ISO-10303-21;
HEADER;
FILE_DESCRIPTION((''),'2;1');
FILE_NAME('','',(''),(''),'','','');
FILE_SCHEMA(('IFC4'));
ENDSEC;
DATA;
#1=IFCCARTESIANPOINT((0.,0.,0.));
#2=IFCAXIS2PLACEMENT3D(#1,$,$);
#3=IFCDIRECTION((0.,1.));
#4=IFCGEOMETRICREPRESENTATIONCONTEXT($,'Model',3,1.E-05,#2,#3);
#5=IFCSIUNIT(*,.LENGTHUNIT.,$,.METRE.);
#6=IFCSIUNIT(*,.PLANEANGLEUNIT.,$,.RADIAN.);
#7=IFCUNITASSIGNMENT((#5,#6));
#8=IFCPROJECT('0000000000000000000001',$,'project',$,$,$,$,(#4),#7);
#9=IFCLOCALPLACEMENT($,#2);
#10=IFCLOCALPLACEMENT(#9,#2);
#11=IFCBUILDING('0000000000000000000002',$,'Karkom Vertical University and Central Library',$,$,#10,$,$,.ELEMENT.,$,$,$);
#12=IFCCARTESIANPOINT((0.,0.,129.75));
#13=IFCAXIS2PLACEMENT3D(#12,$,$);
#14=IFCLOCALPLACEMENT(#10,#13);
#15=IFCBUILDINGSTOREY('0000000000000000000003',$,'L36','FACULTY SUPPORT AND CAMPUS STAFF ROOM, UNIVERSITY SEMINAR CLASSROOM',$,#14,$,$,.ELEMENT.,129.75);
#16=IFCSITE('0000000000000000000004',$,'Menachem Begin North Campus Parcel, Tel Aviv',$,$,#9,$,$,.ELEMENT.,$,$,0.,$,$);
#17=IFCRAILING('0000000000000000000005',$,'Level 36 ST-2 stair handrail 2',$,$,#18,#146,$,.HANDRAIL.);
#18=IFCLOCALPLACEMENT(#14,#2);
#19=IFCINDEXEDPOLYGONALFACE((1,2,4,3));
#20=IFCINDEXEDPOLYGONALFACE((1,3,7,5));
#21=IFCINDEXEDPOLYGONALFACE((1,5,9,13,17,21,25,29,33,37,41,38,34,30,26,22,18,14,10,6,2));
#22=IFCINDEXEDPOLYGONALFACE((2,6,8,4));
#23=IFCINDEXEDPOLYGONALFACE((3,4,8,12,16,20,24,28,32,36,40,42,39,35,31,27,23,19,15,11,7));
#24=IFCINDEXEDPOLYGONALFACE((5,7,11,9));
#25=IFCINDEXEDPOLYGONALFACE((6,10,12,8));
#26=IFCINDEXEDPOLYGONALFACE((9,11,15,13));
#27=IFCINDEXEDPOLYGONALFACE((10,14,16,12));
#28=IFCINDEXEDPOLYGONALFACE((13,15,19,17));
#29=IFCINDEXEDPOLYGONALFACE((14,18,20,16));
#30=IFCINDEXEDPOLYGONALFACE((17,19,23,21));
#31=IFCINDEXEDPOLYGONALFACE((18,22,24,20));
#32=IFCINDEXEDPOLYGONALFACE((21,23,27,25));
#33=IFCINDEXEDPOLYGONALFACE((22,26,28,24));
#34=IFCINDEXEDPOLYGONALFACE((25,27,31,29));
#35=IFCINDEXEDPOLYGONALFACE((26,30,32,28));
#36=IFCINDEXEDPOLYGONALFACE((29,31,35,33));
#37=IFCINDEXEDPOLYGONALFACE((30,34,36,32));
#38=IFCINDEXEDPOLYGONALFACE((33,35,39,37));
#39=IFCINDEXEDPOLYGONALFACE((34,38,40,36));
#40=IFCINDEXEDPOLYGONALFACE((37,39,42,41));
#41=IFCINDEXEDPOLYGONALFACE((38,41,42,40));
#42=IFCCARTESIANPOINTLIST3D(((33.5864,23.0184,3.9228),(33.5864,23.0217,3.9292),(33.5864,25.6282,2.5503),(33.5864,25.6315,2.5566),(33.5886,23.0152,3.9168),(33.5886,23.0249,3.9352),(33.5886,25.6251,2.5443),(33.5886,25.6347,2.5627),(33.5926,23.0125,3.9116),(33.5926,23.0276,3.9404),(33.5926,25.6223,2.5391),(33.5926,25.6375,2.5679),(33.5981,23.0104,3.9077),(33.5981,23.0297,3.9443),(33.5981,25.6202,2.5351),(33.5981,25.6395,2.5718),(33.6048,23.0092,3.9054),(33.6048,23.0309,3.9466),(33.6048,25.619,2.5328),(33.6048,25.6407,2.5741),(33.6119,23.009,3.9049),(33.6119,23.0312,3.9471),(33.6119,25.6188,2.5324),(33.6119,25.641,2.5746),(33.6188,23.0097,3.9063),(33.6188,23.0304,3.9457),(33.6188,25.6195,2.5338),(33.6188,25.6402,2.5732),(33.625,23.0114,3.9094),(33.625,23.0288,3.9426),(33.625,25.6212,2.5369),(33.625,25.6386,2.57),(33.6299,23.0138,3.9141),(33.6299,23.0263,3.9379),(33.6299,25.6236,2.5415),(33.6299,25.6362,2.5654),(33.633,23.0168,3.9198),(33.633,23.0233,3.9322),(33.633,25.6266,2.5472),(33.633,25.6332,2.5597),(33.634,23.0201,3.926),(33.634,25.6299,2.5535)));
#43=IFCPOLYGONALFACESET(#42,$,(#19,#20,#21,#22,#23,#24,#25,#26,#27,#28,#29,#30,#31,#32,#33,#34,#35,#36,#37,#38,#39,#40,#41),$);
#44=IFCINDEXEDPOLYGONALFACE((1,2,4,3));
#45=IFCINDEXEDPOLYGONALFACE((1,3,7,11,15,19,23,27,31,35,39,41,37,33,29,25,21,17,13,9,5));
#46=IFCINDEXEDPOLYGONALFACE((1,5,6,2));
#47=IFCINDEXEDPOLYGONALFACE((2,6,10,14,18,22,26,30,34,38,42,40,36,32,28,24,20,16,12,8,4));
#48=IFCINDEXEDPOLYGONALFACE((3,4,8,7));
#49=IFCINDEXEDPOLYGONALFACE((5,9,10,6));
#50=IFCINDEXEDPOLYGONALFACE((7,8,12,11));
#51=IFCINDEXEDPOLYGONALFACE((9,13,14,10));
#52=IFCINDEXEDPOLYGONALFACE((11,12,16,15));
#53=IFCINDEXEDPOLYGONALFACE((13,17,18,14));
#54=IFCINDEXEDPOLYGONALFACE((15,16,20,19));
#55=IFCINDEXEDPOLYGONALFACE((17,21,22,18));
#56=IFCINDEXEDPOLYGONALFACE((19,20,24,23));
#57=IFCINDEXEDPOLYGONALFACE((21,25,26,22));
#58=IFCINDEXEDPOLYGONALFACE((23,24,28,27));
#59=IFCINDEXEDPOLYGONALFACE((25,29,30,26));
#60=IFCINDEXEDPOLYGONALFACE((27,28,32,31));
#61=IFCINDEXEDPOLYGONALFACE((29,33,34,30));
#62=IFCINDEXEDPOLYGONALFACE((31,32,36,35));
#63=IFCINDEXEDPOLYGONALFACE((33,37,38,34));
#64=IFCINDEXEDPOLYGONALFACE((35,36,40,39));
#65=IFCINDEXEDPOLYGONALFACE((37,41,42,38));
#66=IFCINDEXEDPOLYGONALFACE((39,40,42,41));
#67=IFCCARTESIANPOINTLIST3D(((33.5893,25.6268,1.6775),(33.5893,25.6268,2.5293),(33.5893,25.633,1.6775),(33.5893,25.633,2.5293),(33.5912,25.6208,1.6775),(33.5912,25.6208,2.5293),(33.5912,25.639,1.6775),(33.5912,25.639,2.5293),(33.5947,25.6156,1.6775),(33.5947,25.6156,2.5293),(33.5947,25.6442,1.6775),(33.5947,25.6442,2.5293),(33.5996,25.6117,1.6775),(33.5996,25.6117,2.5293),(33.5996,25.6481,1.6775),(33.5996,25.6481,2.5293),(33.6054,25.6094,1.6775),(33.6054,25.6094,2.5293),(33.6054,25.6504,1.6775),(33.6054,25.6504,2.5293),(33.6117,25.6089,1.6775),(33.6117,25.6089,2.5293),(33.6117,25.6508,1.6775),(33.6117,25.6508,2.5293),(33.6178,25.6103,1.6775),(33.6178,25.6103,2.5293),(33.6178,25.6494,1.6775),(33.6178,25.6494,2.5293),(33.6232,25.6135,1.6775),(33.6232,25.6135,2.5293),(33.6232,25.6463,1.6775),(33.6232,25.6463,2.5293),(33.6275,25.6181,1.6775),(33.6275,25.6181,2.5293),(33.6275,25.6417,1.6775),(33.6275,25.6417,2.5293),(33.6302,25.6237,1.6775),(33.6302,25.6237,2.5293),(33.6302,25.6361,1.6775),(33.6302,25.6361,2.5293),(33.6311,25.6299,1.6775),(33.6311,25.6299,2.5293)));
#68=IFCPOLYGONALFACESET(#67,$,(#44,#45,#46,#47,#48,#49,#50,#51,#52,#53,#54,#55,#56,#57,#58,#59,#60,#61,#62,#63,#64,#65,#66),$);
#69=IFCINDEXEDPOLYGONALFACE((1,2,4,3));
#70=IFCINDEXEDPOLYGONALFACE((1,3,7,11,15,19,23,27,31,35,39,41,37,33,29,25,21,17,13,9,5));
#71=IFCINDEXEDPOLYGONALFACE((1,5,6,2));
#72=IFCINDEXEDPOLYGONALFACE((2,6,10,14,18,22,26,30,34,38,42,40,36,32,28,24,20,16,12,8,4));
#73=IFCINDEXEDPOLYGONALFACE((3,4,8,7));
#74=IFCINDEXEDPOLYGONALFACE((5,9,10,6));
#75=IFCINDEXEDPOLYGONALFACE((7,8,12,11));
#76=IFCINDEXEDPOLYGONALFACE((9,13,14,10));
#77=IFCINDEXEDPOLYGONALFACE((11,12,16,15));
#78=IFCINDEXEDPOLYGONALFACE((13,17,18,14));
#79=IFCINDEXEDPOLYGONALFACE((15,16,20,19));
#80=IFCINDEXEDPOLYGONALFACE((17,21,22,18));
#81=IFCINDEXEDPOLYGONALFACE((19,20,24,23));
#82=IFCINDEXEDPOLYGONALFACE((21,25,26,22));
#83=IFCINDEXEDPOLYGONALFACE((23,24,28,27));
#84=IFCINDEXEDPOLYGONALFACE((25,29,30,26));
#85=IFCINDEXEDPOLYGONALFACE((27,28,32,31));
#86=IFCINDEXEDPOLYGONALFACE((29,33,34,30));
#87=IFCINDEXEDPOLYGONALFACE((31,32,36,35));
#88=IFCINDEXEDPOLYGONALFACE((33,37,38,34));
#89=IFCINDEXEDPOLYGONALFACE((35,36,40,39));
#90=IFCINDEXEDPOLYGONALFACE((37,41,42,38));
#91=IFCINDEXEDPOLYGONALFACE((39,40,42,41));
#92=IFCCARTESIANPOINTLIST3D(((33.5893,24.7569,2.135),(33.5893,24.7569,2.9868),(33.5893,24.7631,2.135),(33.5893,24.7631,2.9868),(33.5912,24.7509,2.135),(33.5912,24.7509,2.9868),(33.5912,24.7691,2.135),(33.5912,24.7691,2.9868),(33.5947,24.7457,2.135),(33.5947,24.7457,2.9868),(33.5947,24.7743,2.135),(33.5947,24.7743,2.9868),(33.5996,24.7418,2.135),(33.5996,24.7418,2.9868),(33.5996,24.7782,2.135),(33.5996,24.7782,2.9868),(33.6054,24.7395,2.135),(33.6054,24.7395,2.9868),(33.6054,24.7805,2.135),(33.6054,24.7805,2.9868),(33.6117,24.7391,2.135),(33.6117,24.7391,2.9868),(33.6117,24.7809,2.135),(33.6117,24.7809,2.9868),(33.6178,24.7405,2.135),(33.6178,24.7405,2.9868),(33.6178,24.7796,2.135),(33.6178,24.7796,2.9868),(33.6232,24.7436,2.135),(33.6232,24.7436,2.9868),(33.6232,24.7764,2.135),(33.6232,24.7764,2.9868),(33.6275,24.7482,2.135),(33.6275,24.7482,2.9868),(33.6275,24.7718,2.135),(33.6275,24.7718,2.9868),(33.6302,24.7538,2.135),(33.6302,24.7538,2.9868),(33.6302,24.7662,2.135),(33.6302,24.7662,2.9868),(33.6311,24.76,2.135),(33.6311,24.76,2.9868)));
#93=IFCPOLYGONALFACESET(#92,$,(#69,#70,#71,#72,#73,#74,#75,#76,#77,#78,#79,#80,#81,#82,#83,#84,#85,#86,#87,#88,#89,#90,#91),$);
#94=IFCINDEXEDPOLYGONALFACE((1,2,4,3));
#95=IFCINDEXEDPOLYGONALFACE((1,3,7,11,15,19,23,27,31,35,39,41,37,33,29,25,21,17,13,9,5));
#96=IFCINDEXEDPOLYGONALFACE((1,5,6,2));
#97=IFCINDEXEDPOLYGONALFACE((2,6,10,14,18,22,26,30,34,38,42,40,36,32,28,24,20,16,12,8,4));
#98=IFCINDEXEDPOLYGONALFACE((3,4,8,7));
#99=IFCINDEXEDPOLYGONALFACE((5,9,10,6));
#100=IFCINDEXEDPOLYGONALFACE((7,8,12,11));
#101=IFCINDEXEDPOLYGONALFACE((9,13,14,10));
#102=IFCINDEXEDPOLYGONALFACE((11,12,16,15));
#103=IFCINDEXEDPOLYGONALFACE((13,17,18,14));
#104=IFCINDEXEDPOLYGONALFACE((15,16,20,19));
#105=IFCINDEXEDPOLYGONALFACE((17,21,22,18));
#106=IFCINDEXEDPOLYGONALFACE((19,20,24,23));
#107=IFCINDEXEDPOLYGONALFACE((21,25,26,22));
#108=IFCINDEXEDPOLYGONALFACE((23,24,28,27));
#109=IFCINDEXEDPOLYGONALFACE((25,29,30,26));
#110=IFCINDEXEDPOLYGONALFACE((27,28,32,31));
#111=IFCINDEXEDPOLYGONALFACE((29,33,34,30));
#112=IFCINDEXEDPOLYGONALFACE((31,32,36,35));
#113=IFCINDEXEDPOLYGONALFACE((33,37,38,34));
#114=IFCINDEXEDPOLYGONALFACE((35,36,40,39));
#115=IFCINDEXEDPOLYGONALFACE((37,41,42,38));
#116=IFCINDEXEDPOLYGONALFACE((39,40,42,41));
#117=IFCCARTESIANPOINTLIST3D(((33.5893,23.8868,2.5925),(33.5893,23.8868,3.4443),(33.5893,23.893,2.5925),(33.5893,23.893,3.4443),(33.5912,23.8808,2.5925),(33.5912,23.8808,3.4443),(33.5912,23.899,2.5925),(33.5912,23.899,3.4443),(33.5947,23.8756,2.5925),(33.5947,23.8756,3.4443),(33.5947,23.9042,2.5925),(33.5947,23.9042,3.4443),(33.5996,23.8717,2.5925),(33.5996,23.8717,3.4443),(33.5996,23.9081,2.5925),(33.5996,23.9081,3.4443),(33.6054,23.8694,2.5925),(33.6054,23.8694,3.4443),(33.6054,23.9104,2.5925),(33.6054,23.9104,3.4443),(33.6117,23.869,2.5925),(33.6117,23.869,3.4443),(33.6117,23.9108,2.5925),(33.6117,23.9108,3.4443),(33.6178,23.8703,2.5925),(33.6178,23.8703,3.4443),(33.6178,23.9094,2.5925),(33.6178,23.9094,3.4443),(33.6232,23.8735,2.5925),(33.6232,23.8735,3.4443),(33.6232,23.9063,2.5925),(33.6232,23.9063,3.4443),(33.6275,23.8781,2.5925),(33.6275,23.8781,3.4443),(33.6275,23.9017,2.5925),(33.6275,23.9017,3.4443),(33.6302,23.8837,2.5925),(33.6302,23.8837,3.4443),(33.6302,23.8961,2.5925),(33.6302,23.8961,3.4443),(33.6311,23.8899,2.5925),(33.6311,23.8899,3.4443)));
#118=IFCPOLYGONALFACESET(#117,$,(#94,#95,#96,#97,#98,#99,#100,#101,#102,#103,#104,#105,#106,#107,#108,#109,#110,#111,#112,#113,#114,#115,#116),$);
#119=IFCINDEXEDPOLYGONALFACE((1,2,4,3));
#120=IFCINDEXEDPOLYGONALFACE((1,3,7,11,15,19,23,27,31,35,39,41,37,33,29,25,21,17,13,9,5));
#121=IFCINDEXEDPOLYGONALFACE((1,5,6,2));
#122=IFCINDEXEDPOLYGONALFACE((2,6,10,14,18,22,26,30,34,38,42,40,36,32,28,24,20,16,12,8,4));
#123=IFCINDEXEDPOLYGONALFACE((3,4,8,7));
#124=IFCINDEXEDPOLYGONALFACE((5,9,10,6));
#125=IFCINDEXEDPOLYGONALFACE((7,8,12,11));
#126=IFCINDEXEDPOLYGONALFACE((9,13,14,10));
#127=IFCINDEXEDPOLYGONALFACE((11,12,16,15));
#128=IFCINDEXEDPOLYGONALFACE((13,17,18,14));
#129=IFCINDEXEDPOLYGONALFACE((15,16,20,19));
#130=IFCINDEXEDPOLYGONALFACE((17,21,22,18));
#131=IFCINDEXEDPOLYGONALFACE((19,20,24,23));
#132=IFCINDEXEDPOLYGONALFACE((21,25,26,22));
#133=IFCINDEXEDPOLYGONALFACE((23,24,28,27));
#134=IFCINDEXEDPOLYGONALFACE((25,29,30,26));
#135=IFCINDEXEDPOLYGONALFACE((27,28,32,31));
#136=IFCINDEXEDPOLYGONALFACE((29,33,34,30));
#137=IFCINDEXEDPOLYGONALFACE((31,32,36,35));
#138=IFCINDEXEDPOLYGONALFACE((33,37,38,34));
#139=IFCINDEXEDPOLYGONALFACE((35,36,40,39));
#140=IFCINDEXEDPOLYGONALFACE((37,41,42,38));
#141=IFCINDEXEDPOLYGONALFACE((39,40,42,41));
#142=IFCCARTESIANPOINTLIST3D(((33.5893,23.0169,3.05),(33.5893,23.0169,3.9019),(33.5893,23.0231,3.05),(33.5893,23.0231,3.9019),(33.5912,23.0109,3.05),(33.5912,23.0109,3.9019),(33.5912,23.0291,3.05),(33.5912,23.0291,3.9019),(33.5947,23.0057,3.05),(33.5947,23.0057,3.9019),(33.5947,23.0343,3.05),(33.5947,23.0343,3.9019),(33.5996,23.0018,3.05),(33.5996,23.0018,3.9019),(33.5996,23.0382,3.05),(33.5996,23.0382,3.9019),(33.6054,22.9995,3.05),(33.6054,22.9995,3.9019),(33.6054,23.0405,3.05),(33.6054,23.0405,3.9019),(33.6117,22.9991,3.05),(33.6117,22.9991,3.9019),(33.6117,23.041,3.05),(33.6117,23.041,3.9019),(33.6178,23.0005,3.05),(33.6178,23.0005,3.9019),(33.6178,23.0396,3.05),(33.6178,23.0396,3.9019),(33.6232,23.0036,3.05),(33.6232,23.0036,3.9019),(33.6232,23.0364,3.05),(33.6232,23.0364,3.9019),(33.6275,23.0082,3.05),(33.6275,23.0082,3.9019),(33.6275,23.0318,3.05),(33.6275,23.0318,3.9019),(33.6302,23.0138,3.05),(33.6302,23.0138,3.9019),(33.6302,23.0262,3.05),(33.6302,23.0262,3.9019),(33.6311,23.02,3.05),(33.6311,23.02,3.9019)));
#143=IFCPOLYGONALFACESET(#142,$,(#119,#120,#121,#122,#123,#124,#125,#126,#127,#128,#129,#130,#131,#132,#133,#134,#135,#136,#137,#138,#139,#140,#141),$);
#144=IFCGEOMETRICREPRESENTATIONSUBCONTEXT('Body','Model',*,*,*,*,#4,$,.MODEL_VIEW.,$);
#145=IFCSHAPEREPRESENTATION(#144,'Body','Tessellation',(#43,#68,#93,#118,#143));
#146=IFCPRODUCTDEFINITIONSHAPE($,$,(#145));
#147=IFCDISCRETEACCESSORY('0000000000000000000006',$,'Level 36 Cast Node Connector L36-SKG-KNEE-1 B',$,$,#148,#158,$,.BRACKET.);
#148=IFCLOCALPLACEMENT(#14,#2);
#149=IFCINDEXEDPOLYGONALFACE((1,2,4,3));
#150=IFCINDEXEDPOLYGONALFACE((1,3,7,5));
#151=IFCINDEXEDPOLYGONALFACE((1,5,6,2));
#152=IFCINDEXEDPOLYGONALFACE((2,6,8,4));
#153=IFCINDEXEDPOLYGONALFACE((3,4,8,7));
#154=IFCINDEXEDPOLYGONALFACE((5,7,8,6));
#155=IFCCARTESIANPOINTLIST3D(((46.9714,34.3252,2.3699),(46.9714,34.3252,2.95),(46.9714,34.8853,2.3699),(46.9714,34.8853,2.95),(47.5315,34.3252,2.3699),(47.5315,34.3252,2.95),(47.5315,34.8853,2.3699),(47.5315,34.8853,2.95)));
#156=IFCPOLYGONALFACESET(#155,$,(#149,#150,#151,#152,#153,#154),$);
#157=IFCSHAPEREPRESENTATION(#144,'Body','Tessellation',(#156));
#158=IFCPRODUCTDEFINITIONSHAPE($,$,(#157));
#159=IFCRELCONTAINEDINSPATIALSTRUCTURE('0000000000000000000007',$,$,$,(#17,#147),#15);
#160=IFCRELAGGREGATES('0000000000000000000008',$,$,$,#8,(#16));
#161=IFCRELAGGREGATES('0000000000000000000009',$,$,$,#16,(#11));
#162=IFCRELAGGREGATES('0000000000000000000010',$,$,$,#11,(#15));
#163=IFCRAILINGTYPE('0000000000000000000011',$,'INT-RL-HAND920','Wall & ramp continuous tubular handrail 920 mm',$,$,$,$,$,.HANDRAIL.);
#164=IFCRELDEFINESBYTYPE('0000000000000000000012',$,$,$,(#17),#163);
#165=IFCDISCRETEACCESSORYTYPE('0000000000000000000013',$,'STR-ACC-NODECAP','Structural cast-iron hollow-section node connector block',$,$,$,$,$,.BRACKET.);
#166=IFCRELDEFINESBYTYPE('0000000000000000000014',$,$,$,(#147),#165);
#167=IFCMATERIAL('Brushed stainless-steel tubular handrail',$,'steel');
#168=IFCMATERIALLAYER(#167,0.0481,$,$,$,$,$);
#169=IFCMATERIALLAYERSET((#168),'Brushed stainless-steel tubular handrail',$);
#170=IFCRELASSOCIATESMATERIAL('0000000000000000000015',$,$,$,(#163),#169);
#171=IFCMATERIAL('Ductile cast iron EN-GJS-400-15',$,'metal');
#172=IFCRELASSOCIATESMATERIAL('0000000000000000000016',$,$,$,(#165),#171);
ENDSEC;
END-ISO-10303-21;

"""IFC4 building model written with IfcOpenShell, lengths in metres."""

from ifc_helpers import new_model, si_unit, direction, frame, origin, origin_with_axes, origin_2d, place, context, subcontext, project, spatial, rectangle, circle, extrude, source, transform, mapped, material, layer, layer_set, type_object, element, save


model = new_model("IFC4")

# Units and contexts
model_context = context("Model", 3, precision=1e-05, world=origin(), true_north=direction((0.0, 1.0)))
body_context = subcontext(model_context, "Body", "Model", "MODEL_VIEW")
ifc_project = project(units=[si_unit("LENGTHUNIT", "METRE"), si_unit("PLANEANGLEUNIT", "RADIAN")], contexts=[model_context])

# Site, building, storey
site_placement = place(None, origin())
site = spatial("IfcSite", under=ifc_project, at=site_placement, Name="Menachem Begin North Campus Parcel, Tel Aviv", CompositionType="ELEMENT", RefElevation=0.0)
building_placement = place(site_placement, origin())
building = spatial("IfcBuilding", under=site, at=building_placement, Name="Karkom Vertical University and Central Library", CompositionType="ELEMENT")
storey_placement = place(building_placement, frame((0.0, 0.0, 129.75)))
storey = spatial("IfcBuildingStorey", under=building, at=storey_placement, Name="L36", Description="FACULTY SUPPORT AND CAMPUS STAFF ROOM, UNIVERSITY SEMINAR CLASSROOM", CompositionType="ELEMENT", Elevation=129.75)

# Railing
ifc_material_1 = material(Name="Brushed stainless-steel tubular handrail", Category="steel")
ifc_layer_1 = layer(ifc_material_1, 0.0481)
ifc_layer_set_1 = layer_set([ifc_layer_1], Name="Brushed stainless-steel tubular handrail")
railing_type_1 = type_object("IfcRailingType", Name="INT-RL-HAND920", Description="Wall & ramp continuous tubular handrail 920 mm", PredefinedType="HANDRAIL", material=ifc_layer_set_1)
railing_1_placement = place(storey_placement, frame((33.6101, 25.6299, 1.6775)))
element("IfcRailing", 1, at=railing_1_placement, inside=storey, type_object=railing_type_1, Name="Level 36 ST-2 stair handrail 2", PredefinedType="HANDRAIL", context=body_context, shape_type="SweptSolid", body=[
    extrude(circle(Radius=0.0239, at=origin_2d()), frame((0.0, 0.0, 0.876), z_axis=(0.0, -0.885065, 0.465467), x_axis=(1.0, 0.0, 0.0)), (0.0, 0.0, 1.0), 2.9487),
    extrude(circle(Radius=0.021, at=origin_2d()), origin(), (0.0, 0.0, 1.0), 0.8518),
    extrude(circle(Radius=0.021, at=origin_2d()), frame((0.0, -0.8699, 0.4575)), (0.0, 0.0, 1.0), 0.8518),
    extrude(circle(Radius=0.021, at=origin_2d()), frame((0.0, -1.74, 0.915)), (0.0, 0.0, 1.0), 0.8518),
    extrude(circle(Radius=0.021, at=origin_2d()), frame((0.0, -2.6099, 1.3726)), (0.0, 0.0, 1.0), 0.8518),
])

# Discrete accessory
ifc_material_2 = material(Name="Ductile cast iron EN-GJS-400-15", Category="metal")
discrete_accessory_type = type_object("IfcDiscreteAccessoryType", Name="STR-ACC-NODECAP", Description="Structural cast-iron hollow-section node connector block", PredefinedType="BRACKET", material=ifc_material_2)
shared_shape_1 = source(origin_with_axes(), body_context, "Body", "SweptSolid", [
    extrude(rectangle(XDim=0.5601, YDim=0.5601, at=origin_2d()), origin(), (0.0, 0.0, 1.0), 0.5801),
])
discrete_accessory_placement = place(storey_placement, frame((47.2515, 34.6052, 2.3699), z_axis=(0.0, 0.0, 1.0), x_axis=(1.0, 0.0, 0.0)))
element("IfcDiscreteAccessory", 2, at=discrete_accessory_placement, inside=storey, type_object=discrete_accessory_type, Name="Level 36 Cast Node Connector L36-SKG-KNEE-1 B", PredefinedType="BRACKET", context=body_context, shape_type="MappedRepresentation", body=[
    mapped(shared_shape_1, transform((0.0, 0.0, 0.0), scale=1.0)),
])

save(model, "model.ifc")
